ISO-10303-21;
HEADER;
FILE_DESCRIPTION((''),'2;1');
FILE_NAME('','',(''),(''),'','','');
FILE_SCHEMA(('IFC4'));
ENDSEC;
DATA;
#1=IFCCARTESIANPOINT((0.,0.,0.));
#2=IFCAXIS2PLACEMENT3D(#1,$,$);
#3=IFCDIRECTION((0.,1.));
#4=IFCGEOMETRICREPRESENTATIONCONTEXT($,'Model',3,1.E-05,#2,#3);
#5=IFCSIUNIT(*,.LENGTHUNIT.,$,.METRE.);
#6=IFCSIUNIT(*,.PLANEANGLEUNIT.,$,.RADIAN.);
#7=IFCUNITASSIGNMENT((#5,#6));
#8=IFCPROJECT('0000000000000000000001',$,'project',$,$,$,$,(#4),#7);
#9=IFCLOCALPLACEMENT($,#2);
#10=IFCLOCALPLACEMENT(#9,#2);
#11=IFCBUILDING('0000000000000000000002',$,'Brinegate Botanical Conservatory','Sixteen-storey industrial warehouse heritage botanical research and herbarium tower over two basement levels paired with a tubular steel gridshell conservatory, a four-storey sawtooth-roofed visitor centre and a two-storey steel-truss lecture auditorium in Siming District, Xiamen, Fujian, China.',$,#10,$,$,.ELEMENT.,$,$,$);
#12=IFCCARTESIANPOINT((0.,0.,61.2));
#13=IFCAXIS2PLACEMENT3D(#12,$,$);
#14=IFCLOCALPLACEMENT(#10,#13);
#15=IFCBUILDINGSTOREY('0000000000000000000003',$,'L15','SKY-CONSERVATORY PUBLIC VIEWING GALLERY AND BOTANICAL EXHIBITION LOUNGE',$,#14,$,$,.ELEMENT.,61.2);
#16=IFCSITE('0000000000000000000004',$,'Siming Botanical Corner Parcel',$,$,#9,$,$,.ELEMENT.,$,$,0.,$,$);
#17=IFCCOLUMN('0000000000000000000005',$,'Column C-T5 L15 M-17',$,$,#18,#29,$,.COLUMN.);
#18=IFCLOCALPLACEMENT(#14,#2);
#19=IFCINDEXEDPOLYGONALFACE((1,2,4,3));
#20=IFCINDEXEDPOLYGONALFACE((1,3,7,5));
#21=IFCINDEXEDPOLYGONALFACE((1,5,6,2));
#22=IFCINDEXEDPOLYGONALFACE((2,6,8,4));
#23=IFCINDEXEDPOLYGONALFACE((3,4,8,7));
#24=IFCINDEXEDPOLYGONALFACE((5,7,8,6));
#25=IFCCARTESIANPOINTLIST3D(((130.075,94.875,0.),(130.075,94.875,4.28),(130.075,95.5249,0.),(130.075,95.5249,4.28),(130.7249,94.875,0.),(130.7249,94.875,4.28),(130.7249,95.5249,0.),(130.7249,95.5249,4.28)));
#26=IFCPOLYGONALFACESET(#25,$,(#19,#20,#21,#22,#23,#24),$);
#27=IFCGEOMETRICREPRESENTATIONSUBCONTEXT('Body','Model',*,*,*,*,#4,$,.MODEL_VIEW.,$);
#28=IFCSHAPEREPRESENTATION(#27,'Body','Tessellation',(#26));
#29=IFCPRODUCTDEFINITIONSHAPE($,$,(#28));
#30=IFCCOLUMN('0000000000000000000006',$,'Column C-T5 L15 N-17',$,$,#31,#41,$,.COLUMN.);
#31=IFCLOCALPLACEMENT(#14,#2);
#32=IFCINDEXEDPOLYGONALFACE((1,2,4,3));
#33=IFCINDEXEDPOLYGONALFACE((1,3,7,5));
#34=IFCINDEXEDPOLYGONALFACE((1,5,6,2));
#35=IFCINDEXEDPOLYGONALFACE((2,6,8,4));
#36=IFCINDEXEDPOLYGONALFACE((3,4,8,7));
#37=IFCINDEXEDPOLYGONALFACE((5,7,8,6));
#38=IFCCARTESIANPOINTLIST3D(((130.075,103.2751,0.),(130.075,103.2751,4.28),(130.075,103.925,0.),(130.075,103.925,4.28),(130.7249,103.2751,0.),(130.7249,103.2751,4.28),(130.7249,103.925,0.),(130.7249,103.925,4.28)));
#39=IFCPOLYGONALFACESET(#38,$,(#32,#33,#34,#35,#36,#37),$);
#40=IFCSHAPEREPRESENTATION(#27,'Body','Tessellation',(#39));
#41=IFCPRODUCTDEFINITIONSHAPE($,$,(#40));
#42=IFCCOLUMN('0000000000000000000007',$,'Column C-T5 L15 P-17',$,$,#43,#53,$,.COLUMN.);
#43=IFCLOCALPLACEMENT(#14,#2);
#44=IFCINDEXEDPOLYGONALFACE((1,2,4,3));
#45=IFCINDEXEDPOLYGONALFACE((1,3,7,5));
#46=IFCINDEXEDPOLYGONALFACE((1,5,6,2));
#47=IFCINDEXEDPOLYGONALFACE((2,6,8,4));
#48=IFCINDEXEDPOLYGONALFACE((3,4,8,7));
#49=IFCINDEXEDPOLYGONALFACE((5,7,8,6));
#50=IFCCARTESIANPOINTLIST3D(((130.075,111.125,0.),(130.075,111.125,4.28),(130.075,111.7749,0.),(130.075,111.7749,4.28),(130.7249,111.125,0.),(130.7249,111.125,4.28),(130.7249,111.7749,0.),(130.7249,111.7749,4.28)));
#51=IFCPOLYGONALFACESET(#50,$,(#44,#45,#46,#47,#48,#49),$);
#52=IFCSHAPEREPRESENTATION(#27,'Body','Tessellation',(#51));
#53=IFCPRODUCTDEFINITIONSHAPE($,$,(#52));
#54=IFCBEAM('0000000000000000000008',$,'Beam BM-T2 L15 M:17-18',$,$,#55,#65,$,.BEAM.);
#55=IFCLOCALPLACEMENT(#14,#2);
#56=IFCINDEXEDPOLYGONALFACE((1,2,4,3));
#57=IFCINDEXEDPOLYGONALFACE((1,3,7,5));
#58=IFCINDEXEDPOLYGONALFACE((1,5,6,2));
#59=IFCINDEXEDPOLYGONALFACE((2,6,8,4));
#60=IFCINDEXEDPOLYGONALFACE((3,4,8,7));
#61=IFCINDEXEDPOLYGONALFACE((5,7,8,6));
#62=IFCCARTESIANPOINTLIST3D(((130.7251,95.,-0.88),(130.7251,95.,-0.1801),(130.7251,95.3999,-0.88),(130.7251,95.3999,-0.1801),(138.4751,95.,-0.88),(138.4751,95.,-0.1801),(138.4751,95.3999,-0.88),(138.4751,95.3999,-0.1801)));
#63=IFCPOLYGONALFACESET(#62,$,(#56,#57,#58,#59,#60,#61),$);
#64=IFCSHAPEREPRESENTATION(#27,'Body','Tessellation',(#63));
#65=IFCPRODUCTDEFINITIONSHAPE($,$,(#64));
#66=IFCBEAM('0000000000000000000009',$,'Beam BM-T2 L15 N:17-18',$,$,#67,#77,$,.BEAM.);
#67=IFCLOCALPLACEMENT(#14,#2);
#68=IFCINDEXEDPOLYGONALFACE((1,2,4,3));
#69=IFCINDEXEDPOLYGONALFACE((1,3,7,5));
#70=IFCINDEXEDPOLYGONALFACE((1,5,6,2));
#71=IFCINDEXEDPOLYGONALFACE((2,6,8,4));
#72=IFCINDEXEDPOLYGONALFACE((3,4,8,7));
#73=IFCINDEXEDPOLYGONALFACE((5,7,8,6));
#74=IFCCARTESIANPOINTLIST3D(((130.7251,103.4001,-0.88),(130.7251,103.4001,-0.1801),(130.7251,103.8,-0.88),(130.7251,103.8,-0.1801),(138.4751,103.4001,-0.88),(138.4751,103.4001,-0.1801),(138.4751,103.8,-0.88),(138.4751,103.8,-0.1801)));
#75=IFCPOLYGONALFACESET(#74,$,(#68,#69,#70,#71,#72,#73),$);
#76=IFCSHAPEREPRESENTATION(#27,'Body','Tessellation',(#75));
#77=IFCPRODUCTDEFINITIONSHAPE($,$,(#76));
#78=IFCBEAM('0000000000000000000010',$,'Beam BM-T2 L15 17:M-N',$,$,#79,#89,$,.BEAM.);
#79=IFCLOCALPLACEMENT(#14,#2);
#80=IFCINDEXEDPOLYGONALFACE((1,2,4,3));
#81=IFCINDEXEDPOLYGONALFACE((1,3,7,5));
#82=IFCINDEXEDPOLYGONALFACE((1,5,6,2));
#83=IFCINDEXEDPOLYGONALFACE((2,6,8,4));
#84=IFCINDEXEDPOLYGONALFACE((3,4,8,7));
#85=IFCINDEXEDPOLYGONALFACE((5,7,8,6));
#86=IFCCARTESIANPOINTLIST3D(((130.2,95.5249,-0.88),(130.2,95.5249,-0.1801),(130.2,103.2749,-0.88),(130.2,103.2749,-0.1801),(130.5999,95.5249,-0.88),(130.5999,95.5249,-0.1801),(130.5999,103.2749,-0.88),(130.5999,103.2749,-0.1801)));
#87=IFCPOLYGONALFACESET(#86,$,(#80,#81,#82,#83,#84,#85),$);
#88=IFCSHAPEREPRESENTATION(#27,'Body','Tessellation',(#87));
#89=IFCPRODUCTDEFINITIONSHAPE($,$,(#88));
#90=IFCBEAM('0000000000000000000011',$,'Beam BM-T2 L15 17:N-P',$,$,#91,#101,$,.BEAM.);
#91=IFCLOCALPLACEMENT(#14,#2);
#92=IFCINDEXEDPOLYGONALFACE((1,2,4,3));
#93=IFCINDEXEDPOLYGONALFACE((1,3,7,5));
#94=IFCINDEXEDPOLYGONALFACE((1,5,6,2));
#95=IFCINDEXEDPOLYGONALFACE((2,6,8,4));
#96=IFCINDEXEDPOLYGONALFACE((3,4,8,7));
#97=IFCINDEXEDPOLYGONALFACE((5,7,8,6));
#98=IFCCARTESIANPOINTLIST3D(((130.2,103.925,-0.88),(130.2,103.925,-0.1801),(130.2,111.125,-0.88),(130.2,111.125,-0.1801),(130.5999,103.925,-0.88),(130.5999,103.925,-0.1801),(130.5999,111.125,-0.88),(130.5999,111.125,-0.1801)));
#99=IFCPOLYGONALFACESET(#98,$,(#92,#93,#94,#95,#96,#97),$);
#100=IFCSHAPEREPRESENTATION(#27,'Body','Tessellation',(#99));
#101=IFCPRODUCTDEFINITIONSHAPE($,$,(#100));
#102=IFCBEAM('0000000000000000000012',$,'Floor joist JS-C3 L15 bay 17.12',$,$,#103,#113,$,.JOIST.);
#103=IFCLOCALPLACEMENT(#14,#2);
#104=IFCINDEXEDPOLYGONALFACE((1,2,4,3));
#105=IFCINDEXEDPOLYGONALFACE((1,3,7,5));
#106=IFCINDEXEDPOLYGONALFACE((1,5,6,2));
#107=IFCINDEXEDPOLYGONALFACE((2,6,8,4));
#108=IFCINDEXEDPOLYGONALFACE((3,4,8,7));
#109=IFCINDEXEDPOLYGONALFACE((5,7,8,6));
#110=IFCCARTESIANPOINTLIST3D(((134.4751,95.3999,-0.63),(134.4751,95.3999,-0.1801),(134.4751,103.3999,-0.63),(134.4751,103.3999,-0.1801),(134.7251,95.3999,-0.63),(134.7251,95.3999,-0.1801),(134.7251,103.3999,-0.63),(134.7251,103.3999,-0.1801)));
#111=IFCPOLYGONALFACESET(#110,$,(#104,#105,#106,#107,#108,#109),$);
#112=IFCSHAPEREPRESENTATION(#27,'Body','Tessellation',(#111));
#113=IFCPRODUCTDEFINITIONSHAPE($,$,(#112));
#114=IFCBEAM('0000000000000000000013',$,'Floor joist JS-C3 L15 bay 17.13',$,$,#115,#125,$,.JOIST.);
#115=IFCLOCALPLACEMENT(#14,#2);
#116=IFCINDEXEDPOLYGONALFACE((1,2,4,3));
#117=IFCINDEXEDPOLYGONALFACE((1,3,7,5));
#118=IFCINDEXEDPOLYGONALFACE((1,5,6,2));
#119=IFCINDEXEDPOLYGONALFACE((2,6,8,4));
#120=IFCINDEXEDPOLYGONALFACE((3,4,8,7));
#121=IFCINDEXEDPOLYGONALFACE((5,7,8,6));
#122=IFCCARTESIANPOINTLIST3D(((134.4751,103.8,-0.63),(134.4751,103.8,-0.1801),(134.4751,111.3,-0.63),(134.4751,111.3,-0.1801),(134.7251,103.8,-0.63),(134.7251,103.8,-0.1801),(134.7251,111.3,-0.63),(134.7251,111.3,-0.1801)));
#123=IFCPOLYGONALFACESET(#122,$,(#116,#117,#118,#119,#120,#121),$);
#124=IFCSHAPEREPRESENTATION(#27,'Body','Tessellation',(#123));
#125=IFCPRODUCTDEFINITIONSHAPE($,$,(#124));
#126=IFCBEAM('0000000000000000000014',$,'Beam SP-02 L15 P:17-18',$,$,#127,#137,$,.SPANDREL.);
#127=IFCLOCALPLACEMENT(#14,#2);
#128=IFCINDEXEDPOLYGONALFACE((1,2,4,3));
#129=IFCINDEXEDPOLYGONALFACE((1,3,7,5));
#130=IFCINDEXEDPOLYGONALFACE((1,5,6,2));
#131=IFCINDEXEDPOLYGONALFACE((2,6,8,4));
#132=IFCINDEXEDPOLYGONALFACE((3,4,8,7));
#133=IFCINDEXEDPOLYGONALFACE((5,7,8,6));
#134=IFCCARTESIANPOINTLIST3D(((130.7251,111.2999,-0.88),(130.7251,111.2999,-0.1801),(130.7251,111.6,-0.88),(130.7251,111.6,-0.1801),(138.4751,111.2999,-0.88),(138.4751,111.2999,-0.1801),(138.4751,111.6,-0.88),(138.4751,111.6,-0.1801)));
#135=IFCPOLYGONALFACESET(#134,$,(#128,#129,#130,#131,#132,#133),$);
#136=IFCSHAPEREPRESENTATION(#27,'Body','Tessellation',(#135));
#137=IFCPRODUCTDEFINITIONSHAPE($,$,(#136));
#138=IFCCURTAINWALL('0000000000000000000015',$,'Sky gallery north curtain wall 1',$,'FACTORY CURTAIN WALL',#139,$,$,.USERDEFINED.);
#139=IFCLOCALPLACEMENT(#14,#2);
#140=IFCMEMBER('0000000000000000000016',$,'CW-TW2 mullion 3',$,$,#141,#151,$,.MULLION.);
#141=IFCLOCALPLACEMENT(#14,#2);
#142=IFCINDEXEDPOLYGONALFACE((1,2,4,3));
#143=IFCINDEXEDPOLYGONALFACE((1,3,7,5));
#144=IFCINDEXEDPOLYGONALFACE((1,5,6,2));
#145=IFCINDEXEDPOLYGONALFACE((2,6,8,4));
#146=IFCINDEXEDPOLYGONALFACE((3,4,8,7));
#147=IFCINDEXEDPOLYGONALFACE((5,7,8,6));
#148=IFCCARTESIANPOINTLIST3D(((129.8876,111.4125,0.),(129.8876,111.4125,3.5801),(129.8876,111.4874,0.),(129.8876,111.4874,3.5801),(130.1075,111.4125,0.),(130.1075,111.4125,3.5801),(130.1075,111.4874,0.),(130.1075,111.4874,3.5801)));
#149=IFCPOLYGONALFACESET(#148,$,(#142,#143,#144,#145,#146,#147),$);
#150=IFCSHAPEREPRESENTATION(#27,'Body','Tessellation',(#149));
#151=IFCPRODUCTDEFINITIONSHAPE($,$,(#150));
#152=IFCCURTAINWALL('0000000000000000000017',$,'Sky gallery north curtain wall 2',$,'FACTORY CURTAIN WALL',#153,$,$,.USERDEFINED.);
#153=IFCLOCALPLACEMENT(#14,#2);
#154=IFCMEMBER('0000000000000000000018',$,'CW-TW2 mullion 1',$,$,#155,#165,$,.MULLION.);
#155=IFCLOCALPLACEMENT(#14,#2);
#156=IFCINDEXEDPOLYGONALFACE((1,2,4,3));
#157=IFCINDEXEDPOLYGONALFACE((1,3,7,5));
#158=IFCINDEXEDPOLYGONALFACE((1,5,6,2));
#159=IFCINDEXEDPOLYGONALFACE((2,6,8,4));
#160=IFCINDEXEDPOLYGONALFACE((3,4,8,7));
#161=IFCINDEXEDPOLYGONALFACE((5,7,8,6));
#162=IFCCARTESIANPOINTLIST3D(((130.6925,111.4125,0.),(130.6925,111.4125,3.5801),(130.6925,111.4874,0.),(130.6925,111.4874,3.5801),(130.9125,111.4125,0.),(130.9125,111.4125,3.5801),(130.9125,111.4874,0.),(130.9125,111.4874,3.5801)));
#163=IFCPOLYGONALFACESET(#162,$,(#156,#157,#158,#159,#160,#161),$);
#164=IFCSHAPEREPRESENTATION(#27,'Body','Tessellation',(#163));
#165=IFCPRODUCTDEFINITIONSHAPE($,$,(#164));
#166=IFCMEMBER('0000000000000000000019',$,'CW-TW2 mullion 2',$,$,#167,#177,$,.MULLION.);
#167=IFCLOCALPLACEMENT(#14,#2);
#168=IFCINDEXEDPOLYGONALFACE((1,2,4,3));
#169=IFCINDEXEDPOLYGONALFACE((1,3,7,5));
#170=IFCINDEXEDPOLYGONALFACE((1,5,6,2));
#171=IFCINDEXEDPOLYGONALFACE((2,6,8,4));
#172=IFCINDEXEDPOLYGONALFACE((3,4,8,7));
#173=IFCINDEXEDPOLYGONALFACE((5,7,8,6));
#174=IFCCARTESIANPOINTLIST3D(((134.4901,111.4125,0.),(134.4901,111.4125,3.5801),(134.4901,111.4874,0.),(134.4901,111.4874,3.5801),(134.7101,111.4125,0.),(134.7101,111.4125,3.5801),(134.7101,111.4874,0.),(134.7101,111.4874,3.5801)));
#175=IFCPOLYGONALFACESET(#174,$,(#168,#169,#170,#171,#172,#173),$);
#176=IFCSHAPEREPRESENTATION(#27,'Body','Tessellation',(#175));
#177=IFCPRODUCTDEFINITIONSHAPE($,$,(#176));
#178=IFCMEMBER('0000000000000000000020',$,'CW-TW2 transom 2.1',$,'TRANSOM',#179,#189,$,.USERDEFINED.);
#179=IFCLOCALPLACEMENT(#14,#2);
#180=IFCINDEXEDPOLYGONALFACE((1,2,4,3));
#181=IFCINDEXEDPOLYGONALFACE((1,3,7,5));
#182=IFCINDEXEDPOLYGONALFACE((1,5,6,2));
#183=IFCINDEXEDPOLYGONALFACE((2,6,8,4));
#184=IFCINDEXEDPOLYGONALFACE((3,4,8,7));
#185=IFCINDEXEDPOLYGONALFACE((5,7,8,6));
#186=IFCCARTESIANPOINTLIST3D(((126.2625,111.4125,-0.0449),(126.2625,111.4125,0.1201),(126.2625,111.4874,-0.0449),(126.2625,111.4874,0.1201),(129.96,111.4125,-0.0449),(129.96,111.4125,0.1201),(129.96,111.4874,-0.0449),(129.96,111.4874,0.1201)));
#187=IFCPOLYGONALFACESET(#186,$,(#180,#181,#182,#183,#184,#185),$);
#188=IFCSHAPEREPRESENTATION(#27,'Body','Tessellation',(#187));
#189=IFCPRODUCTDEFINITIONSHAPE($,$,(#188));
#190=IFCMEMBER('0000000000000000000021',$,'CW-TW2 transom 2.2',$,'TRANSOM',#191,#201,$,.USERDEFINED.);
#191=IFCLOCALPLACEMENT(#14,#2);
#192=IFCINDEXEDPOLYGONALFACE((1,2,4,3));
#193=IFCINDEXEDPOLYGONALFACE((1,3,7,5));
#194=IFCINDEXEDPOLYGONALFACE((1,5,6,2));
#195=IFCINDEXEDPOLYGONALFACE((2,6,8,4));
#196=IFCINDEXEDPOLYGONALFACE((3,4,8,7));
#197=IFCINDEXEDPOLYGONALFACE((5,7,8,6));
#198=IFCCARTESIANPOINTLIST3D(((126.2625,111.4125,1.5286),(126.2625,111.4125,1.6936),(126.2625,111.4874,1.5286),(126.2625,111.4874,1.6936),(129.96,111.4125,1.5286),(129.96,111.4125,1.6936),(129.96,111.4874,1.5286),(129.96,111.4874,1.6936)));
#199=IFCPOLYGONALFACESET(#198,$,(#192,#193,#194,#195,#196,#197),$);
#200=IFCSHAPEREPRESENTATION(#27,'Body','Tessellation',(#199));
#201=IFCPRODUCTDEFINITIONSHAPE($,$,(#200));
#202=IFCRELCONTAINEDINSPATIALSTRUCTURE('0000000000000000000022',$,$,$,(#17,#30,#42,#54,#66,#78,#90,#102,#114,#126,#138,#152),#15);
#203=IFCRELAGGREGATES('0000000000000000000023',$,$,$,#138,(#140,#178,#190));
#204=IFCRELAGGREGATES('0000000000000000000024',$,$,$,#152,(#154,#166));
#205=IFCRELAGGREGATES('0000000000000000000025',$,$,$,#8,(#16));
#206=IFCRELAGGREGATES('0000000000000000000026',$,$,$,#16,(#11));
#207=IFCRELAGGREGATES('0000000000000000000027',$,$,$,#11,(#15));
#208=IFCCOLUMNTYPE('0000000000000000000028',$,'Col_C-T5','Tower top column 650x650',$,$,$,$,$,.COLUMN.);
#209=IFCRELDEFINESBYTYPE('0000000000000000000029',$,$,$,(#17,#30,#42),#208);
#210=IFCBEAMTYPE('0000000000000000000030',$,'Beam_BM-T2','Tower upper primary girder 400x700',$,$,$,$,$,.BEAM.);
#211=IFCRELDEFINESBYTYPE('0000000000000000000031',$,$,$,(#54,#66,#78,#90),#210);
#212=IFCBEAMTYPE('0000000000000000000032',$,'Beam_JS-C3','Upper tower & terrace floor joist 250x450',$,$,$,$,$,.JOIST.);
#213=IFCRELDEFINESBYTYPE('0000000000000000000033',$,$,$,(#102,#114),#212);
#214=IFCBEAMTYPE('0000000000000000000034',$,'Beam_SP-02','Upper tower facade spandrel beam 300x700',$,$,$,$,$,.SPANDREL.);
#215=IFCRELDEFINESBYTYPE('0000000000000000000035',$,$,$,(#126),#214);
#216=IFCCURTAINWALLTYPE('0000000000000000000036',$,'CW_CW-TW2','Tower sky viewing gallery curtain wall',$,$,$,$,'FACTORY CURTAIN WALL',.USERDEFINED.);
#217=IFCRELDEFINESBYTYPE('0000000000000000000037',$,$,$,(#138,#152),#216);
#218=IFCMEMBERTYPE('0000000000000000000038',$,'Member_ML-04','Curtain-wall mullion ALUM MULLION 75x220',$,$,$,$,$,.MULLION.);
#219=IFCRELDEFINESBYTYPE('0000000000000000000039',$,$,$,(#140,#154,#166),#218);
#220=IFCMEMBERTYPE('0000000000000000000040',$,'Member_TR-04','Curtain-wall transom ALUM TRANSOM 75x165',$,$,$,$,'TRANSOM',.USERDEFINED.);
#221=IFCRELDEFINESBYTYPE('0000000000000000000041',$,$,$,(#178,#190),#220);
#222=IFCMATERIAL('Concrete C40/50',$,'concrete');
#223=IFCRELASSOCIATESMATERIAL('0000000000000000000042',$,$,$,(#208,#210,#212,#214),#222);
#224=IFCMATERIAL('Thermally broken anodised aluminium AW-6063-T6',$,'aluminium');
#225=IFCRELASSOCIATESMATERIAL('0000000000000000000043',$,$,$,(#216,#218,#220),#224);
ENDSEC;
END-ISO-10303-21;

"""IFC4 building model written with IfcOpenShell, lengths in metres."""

from ifc_helpers import new_model, si_unit, direction, frame, origin, origin_2d, place, context, subcontext, project, spatial, rectangle, extrude, material, material_profile, profile_set, type_object, element, aggregate, save


model = new_model("IFC4")

# Units and contexts
model_context = context("Model", 3, precision=1e-05, world=origin(), true_north=direction((0.0, 1.0)))
body_context = subcontext(model_context, "Body", "Model", "MODEL_VIEW")
ifc_project = project(units=[si_unit("LENGTHUNIT", "METRE"), si_unit("PLANEANGLEUNIT", "RADIAN")], contexts=[model_context])

# Site, building, storey
site_placement = place(None, origin())
site = spatial("IfcSite", under=ifc_project, at=site_placement, Name="Siming Botanical Corner Parcel", CompositionType="ELEMENT", RefElevation=0.0)
building_placement = place(site_placement, origin())
building = spatial("IfcBuilding", under=site, at=building_placement, Name="Brinegate Botanical Conservatory", Description="Sixteen-storey industrial warehouse heritage botanical research and herbarium tower over two basement levels paired with a tubular steel gridshell conservatory, a four-storey sawtooth-roofed visitor centre and a two-storey steel-truss lecture auditorium in Siming District, Xiamen, Fujian, China.", CompositionType="ELEMENT")
storey_placement = place(building_placement, frame((0.0, 0.0, 61.2)))
storey = spatial("IfcBuildingStorey", under=building, at=storey_placement, Name="L15", Description="SKY-CONSERVATORY PUBLIC VIEWING GALLERY AND BOTANICAL EXHIBITION LOUNGE", CompositionType="ELEMENT", Elevation=61.2)

# Columns
ifc_material_1 = material(Name="Concrete C40/50", Category="concrete")
ifc_material_profile_1 = material_profile(ifc_material_1, rectangle(XDim=0.6499, YDim=0.6499, at=origin_2d()), Name="RC COL 650x650")
ifc_profile_set_1 = profile_set([ifc_material_profile_1], Name="Concrete C40/50")
column_type = type_object("IfcColumnType", Name="Col_C-T5", Description="Tower top column 650x650", PredefinedType="COLUMN", material=ifc_profile_set_1)
for number, where, z_axis, x_axis, name in (
    (1, (130.3999, 95.2, 0.0), (0.0, 0.0, 1.0), (1.0, 0.0, 0.0), "Column C-T5 L15 M-17"),
    (2, (130.3999, 103.6001, 0.0), (0.0, 0.0, 1.0), (1.0, 0.0, 0.0), "Column C-T5 L15 N-17"),
    (3, (130.3999, 111.45, 0.0), (0.0, 0.0, 1.0), (1.0, 0.0, 0.0), "Column C-T5 L15 P-17"),
):
    element("IfcColumn", number, at=place(storey_placement, frame(where, z_axis=z_axis, x_axis=x_axis)), inside=storey, type_object=column_type, Name=name, PredefinedType="COLUMN", context=body_context, shape_type="SweptSolid", body=[
        extrude(rectangle(XDim=0.6499, YDim=0.6499, at=origin_2d()), origin(), (0.0, 0.0, 1.0), 4.28),
    ])

# Beams
ifc_material_profile_2 = material_profile(ifc_material_1, rectangle(XDim=0.3999, YDim=0.7, at=origin_2d()), Name="RC BM 400x700")
ifc_profile_set_2 = profile_set([ifc_material_profile_2], Name="Concrete C40/50")
beam_type_1 = type_object("IfcBeamType", Name="Beam_BM-T2", Description="Tower upper primary girder 400x700", PredefinedType="BEAM", material=ifc_profile_set_2)
for number, where, z_axis, x_axis, name in (
    (4, (130.7251, 95.2, -0.53), (1.0, 0.0, 0.0), (0.0, 1.0, 0.0), "Beam BM-T2 L15 M:17-18"),
    (5, (130.7251, 103.6001, -0.53), (1.0, 0.0, 0.0), (0.0, 1.0, 0.0), "Beam BM-T2 L15 N:17-18"),
    (6, (130.3999, 95.5249, -0.53), (0.0, 1.0, 0.0), (-1.0, 0.0, 0.0), "Beam BM-T2 L15 17:M-N"),
):
    element("IfcBeam", number, at=place(storey_placement, frame(where, z_axis=z_axis, x_axis=x_axis)), inside=storey, type_object=beam_type_1, Name=name, PredefinedType="BEAM", context=body_context, shape_type="SweptSolid", body=[
        extrude(rectangle(XDim=0.3999, YDim=0.7, at=origin_2d()), origin(), (0.0, 0.0, 1.0), 7.75),
    ])
beam_1_placement = place(storey_placement, frame((130.3999, 103.925, -0.53), z_axis=(0.0, 1.0, 0.0), x_axis=(-1.0, 0.0, 0.0)))
element("IfcBeam", 7, at=beam_1_placement, inside=storey, type_object=beam_type_1, Name="Beam BM-T2 L15 17:N-P", PredefinedType="BEAM", context=body_context, shape_type="SweptSolid", body=[
    extrude(rectangle(XDim=0.3999, YDim=0.7, at=origin_2d()), origin(), (0.0, 0.0, 1.0), 7.2),
])
ifc_material_profile_3 = material_profile(ifc_material_1, rectangle(XDim=0.25, YDim=0.45, at=origin_2d()), Name="RC JST 250x450")
ifc_profile_set_3 = profile_set([ifc_material_profile_3], Name="Concrete C40/50")
beam_type_2 = type_object("IfcBeamType", Name="Beam_JS-C3", Description="Upper tower & terrace floor joist 250x450", PredefinedType="JOIST", material=ifc_profile_set_3)
beam_2_placement = place(storey_placement, frame((134.6001, 95.3999, -0.405), z_axis=(0.0, 1.0, 0.0), x_axis=(-1.0, 0.0, 0.0)))
element("IfcBeam", 8, at=beam_2_placement, inside=storey, type_object=beam_type_2, Name="Floor joist JS-C3 L15 bay 17.12", PredefinedType="JOIST", context=body_context, shape_type="SweptSolid", body=[
    extrude(rectangle(XDim=0.25, YDim=0.45, at=origin_2d()), origin(), (0.0, 0.0, 1.0), 8.0),
])
beam_3_placement = place(storey_placement, frame((134.6001, 103.8, -0.405), z_axis=(0.0, 1.0, 0.0), x_axis=(-1.0, 0.0, 0.0)))
element("IfcBeam", 9, at=beam_3_placement, inside=storey, type_object=beam_type_2, Name="Floor joist JS-C3 L15 bay 17.13", PredefinedType="JOIST", context=body_context, shape_type="SweptSolid", body=[
    extrude(rectangle(XDim=0.25, YDim=0.45, at=origin_2d()), origin(), (0.0, 0.0, 1.0), 7.5),
])
ifc_material_profile_4 = material_profile(ifc_material_1, rectangle(XDim=0.3, YDim=0.7, at=origin_2d()), Name="RC SPN 300x700")
ifc_profile_set_4 = profile_set([ifc_material_profile_4], Name="Concrete C40/50")
beam_type_3 = type_object("IfcBeamType", Name="Beam_SP-02", Description="Upper tower facade spandrel beam 300x700", PredefinedType="SPANDREL", material=ifc_profile_set_4)
beam_4_placement = place(storey_placement, frame((130.7251, 111.45, -0.53), z_axis=(1.0, 0.0, 0.0), x_axis=(0.0, 1.0, 0.0)))
element("IfcBeam", 10, at=beam_4_placement, inside=storey, type_object=beam_type_3, Name="Beam SP-02 L15 P:17-18", PredefinedType="SPANDREL", context=body_context, shape_type="SweptSolid", body=[
    extrude(rectangle(XDim=0.3, YDim=0.7, at=origin_2d()), origin(), (0.0, 0.0, 1.0), 7.75),
])

# Curtain wall, member
ifc_material_2 = material(Name="Thermally broken anodised aluminium AW-6063-T6", Category="aluminium")
curtain_wall_type = type_object("IfcCurtainWallType", Name="CW_CW-TW2", Description="Tower sky viewing gallery curtain wall", ElementType="FACTORY CURTAIN WALL", PredefinedType="USERDEFINED", material=ifc_material_2)
curtain_wall_1_placement = place(storey_placement, origin())
curtain_wall_1 = element("IfcCurtainWall", 11, at=curtain_wall_1_placement, inside=storey, type_object=curtain_wall_type, Name="Sky gallery north curtain wall 1", ObjectType="FACTORY CURTAIN WALL", PredefinedType="USERDEFINED")
ifc_material_profile_5 = material_profile(ifc_material_2, rectangle(XDim=0.075, YDim=0.22, at=origin_2d()), Name="ALUM MULLION 75x220")
ifc_profile_set_5 = profile_set([ifc_material_profile_5], Name="Thermally broken anodised aluminium AW-6063-T6")
member_type_1 = type_object("IfcMemberType", Name="Member_ML-04", Description="Curtain-wall mullion ALUM MULLION 75x220", PredefinedType="MULLION", material=ifc_profile_set_5)
member_1_placement = place(storey_placement, frame((129.9976, 111.45, 0.0), z_axis=(0.0, 0.0, 1.0), x_axis=(0.0, 1.0, 0.0)))
member_1 = element("IfcMember", 12, at=member_1_placement, type_object=member_type_1, Name="CW-TW2 mullion 3", PredefinedType="MULLION", context=body_context, shape_type="SweptSolid", body=[
    extrude(rectangle(XDim=0.075, YDim=0.22, at=origin_2d()), origin(), (0.0, 0.0, 1.0), 3.5801),
])

# Curtain wall, members
curtain_wall_2_placement = place(storey_placement, origin())
curtain_wall_2 = element("IfcCurtainWall", 13, at=curtain_wall_2_placement, inside=storey, type_object=curtain_wall_type, Name="Sky gallery north curtain wall 2", ObjectType="FACTORY CURTAIN WALL", PredefinedType="USERDEFINED")
member_2_placement = place(storey_placement, frame((130.8025, 111.45, 0.0), z_axis=(0.0, 0.0, 1.0), x_axis=(0.0, 1.0, 0.0)))
member_2 = element("IfcMember", 14, at=member_2_placement, type_object=member_type_1, Name="CW-TW2 mullion 1", PredefinedType="MULLION", context=body_context, shape_type="SweptSolid", body=[
    extrude(rectangle(XDim=0.075, YDim=0.22, at=origin_2d()), origin(), (0.0, 0.0, 1.0), 3.5801),
])
member_3_placement = place(storey_placement, frame((134.6001, 111.45, 0.0), z_axis=(0.0, 0.0, 1.0), x_axis=(0.0, 1.0, 0.0)))
member_3 = element("IfcMember", 15, at=member_3_placement, type_object=member_type_1, Name="CW-TW2 mullion 2", PredefinedType="MULLION", context=body_context, shape_type="SweptSolid", body=[
    extrude(rectangle(XDim=0.075, YDim=0.22, at=origin_2d()), origin(), (0.0, 0.0, 1.0), 3.5801),
])

# Members
ifc_material_profile_6 = material_profile(ifc_material_2, rectangle(XDim=0.075, YDim=0.165, at=origin_2d()), Name="ALUM TRANSOM 75x165")
ifc_profile_set_6 = profile_set([ifc_material_profile_6], Name="Thermally broken anodised aluminium AW-6063-T6")
member_type_2 = type_object("IfcMemberType", Name="Member_TR-04", Description="Curtain-wall transom ALUM TRANSOM 75x165", ElementType="TRANSOM", PredefinedType="USERDEFINED", material=ifc_profile_set_6)
member_4_placement = place(storey_placement, frame((126.2625, 111.45, 0.0376), z_axis=(1.0, 0.0, 0.0), x_axis=(0.0, 1.0, 0.0)))
member_4 = element("IfcMember", 16, at=member_4_placement, type_object=member_type_2, Name="CW-TW2 transom 2.1", ObjectType="TRANSOM", PredefinedType="USERDEFINED", context=body_context, shape_type="SweptSolid", body=[
    extrude(rectangle(XDim=0.075, YDim=0.165, at=origin_2d()), origin(), (0.0, 0.0, 1.0), 3.6975),
])
member_5_placement = place(storey_placement, frame((126.2625, 111.45, 1.6111), z_axis=(1.0, 0.0, 0.0), x_axis=(0.0, 1.0, 0.0)))
member_5 = element("IfcMember", 17, at=member_5_placement, type_object=member_type_2, Name="CW-TW2 transom 2.2", ObjectType="TRANSOM", PredefinedType="USERDEFINED", context=body_context, shape_type="SweptSolid", body=[
    extrude(rectangle(XDim=0.075, YDim=0.165, at=origin_2d()), origin(), (0.0, 0.0, 1.0), 3.6975),
])

aggregate(curtain_wall_1, [member_1, member_4, member_5])
aggregate(curtain_wall_2, [member_2, member_3])

save(model, "model.ifc")
